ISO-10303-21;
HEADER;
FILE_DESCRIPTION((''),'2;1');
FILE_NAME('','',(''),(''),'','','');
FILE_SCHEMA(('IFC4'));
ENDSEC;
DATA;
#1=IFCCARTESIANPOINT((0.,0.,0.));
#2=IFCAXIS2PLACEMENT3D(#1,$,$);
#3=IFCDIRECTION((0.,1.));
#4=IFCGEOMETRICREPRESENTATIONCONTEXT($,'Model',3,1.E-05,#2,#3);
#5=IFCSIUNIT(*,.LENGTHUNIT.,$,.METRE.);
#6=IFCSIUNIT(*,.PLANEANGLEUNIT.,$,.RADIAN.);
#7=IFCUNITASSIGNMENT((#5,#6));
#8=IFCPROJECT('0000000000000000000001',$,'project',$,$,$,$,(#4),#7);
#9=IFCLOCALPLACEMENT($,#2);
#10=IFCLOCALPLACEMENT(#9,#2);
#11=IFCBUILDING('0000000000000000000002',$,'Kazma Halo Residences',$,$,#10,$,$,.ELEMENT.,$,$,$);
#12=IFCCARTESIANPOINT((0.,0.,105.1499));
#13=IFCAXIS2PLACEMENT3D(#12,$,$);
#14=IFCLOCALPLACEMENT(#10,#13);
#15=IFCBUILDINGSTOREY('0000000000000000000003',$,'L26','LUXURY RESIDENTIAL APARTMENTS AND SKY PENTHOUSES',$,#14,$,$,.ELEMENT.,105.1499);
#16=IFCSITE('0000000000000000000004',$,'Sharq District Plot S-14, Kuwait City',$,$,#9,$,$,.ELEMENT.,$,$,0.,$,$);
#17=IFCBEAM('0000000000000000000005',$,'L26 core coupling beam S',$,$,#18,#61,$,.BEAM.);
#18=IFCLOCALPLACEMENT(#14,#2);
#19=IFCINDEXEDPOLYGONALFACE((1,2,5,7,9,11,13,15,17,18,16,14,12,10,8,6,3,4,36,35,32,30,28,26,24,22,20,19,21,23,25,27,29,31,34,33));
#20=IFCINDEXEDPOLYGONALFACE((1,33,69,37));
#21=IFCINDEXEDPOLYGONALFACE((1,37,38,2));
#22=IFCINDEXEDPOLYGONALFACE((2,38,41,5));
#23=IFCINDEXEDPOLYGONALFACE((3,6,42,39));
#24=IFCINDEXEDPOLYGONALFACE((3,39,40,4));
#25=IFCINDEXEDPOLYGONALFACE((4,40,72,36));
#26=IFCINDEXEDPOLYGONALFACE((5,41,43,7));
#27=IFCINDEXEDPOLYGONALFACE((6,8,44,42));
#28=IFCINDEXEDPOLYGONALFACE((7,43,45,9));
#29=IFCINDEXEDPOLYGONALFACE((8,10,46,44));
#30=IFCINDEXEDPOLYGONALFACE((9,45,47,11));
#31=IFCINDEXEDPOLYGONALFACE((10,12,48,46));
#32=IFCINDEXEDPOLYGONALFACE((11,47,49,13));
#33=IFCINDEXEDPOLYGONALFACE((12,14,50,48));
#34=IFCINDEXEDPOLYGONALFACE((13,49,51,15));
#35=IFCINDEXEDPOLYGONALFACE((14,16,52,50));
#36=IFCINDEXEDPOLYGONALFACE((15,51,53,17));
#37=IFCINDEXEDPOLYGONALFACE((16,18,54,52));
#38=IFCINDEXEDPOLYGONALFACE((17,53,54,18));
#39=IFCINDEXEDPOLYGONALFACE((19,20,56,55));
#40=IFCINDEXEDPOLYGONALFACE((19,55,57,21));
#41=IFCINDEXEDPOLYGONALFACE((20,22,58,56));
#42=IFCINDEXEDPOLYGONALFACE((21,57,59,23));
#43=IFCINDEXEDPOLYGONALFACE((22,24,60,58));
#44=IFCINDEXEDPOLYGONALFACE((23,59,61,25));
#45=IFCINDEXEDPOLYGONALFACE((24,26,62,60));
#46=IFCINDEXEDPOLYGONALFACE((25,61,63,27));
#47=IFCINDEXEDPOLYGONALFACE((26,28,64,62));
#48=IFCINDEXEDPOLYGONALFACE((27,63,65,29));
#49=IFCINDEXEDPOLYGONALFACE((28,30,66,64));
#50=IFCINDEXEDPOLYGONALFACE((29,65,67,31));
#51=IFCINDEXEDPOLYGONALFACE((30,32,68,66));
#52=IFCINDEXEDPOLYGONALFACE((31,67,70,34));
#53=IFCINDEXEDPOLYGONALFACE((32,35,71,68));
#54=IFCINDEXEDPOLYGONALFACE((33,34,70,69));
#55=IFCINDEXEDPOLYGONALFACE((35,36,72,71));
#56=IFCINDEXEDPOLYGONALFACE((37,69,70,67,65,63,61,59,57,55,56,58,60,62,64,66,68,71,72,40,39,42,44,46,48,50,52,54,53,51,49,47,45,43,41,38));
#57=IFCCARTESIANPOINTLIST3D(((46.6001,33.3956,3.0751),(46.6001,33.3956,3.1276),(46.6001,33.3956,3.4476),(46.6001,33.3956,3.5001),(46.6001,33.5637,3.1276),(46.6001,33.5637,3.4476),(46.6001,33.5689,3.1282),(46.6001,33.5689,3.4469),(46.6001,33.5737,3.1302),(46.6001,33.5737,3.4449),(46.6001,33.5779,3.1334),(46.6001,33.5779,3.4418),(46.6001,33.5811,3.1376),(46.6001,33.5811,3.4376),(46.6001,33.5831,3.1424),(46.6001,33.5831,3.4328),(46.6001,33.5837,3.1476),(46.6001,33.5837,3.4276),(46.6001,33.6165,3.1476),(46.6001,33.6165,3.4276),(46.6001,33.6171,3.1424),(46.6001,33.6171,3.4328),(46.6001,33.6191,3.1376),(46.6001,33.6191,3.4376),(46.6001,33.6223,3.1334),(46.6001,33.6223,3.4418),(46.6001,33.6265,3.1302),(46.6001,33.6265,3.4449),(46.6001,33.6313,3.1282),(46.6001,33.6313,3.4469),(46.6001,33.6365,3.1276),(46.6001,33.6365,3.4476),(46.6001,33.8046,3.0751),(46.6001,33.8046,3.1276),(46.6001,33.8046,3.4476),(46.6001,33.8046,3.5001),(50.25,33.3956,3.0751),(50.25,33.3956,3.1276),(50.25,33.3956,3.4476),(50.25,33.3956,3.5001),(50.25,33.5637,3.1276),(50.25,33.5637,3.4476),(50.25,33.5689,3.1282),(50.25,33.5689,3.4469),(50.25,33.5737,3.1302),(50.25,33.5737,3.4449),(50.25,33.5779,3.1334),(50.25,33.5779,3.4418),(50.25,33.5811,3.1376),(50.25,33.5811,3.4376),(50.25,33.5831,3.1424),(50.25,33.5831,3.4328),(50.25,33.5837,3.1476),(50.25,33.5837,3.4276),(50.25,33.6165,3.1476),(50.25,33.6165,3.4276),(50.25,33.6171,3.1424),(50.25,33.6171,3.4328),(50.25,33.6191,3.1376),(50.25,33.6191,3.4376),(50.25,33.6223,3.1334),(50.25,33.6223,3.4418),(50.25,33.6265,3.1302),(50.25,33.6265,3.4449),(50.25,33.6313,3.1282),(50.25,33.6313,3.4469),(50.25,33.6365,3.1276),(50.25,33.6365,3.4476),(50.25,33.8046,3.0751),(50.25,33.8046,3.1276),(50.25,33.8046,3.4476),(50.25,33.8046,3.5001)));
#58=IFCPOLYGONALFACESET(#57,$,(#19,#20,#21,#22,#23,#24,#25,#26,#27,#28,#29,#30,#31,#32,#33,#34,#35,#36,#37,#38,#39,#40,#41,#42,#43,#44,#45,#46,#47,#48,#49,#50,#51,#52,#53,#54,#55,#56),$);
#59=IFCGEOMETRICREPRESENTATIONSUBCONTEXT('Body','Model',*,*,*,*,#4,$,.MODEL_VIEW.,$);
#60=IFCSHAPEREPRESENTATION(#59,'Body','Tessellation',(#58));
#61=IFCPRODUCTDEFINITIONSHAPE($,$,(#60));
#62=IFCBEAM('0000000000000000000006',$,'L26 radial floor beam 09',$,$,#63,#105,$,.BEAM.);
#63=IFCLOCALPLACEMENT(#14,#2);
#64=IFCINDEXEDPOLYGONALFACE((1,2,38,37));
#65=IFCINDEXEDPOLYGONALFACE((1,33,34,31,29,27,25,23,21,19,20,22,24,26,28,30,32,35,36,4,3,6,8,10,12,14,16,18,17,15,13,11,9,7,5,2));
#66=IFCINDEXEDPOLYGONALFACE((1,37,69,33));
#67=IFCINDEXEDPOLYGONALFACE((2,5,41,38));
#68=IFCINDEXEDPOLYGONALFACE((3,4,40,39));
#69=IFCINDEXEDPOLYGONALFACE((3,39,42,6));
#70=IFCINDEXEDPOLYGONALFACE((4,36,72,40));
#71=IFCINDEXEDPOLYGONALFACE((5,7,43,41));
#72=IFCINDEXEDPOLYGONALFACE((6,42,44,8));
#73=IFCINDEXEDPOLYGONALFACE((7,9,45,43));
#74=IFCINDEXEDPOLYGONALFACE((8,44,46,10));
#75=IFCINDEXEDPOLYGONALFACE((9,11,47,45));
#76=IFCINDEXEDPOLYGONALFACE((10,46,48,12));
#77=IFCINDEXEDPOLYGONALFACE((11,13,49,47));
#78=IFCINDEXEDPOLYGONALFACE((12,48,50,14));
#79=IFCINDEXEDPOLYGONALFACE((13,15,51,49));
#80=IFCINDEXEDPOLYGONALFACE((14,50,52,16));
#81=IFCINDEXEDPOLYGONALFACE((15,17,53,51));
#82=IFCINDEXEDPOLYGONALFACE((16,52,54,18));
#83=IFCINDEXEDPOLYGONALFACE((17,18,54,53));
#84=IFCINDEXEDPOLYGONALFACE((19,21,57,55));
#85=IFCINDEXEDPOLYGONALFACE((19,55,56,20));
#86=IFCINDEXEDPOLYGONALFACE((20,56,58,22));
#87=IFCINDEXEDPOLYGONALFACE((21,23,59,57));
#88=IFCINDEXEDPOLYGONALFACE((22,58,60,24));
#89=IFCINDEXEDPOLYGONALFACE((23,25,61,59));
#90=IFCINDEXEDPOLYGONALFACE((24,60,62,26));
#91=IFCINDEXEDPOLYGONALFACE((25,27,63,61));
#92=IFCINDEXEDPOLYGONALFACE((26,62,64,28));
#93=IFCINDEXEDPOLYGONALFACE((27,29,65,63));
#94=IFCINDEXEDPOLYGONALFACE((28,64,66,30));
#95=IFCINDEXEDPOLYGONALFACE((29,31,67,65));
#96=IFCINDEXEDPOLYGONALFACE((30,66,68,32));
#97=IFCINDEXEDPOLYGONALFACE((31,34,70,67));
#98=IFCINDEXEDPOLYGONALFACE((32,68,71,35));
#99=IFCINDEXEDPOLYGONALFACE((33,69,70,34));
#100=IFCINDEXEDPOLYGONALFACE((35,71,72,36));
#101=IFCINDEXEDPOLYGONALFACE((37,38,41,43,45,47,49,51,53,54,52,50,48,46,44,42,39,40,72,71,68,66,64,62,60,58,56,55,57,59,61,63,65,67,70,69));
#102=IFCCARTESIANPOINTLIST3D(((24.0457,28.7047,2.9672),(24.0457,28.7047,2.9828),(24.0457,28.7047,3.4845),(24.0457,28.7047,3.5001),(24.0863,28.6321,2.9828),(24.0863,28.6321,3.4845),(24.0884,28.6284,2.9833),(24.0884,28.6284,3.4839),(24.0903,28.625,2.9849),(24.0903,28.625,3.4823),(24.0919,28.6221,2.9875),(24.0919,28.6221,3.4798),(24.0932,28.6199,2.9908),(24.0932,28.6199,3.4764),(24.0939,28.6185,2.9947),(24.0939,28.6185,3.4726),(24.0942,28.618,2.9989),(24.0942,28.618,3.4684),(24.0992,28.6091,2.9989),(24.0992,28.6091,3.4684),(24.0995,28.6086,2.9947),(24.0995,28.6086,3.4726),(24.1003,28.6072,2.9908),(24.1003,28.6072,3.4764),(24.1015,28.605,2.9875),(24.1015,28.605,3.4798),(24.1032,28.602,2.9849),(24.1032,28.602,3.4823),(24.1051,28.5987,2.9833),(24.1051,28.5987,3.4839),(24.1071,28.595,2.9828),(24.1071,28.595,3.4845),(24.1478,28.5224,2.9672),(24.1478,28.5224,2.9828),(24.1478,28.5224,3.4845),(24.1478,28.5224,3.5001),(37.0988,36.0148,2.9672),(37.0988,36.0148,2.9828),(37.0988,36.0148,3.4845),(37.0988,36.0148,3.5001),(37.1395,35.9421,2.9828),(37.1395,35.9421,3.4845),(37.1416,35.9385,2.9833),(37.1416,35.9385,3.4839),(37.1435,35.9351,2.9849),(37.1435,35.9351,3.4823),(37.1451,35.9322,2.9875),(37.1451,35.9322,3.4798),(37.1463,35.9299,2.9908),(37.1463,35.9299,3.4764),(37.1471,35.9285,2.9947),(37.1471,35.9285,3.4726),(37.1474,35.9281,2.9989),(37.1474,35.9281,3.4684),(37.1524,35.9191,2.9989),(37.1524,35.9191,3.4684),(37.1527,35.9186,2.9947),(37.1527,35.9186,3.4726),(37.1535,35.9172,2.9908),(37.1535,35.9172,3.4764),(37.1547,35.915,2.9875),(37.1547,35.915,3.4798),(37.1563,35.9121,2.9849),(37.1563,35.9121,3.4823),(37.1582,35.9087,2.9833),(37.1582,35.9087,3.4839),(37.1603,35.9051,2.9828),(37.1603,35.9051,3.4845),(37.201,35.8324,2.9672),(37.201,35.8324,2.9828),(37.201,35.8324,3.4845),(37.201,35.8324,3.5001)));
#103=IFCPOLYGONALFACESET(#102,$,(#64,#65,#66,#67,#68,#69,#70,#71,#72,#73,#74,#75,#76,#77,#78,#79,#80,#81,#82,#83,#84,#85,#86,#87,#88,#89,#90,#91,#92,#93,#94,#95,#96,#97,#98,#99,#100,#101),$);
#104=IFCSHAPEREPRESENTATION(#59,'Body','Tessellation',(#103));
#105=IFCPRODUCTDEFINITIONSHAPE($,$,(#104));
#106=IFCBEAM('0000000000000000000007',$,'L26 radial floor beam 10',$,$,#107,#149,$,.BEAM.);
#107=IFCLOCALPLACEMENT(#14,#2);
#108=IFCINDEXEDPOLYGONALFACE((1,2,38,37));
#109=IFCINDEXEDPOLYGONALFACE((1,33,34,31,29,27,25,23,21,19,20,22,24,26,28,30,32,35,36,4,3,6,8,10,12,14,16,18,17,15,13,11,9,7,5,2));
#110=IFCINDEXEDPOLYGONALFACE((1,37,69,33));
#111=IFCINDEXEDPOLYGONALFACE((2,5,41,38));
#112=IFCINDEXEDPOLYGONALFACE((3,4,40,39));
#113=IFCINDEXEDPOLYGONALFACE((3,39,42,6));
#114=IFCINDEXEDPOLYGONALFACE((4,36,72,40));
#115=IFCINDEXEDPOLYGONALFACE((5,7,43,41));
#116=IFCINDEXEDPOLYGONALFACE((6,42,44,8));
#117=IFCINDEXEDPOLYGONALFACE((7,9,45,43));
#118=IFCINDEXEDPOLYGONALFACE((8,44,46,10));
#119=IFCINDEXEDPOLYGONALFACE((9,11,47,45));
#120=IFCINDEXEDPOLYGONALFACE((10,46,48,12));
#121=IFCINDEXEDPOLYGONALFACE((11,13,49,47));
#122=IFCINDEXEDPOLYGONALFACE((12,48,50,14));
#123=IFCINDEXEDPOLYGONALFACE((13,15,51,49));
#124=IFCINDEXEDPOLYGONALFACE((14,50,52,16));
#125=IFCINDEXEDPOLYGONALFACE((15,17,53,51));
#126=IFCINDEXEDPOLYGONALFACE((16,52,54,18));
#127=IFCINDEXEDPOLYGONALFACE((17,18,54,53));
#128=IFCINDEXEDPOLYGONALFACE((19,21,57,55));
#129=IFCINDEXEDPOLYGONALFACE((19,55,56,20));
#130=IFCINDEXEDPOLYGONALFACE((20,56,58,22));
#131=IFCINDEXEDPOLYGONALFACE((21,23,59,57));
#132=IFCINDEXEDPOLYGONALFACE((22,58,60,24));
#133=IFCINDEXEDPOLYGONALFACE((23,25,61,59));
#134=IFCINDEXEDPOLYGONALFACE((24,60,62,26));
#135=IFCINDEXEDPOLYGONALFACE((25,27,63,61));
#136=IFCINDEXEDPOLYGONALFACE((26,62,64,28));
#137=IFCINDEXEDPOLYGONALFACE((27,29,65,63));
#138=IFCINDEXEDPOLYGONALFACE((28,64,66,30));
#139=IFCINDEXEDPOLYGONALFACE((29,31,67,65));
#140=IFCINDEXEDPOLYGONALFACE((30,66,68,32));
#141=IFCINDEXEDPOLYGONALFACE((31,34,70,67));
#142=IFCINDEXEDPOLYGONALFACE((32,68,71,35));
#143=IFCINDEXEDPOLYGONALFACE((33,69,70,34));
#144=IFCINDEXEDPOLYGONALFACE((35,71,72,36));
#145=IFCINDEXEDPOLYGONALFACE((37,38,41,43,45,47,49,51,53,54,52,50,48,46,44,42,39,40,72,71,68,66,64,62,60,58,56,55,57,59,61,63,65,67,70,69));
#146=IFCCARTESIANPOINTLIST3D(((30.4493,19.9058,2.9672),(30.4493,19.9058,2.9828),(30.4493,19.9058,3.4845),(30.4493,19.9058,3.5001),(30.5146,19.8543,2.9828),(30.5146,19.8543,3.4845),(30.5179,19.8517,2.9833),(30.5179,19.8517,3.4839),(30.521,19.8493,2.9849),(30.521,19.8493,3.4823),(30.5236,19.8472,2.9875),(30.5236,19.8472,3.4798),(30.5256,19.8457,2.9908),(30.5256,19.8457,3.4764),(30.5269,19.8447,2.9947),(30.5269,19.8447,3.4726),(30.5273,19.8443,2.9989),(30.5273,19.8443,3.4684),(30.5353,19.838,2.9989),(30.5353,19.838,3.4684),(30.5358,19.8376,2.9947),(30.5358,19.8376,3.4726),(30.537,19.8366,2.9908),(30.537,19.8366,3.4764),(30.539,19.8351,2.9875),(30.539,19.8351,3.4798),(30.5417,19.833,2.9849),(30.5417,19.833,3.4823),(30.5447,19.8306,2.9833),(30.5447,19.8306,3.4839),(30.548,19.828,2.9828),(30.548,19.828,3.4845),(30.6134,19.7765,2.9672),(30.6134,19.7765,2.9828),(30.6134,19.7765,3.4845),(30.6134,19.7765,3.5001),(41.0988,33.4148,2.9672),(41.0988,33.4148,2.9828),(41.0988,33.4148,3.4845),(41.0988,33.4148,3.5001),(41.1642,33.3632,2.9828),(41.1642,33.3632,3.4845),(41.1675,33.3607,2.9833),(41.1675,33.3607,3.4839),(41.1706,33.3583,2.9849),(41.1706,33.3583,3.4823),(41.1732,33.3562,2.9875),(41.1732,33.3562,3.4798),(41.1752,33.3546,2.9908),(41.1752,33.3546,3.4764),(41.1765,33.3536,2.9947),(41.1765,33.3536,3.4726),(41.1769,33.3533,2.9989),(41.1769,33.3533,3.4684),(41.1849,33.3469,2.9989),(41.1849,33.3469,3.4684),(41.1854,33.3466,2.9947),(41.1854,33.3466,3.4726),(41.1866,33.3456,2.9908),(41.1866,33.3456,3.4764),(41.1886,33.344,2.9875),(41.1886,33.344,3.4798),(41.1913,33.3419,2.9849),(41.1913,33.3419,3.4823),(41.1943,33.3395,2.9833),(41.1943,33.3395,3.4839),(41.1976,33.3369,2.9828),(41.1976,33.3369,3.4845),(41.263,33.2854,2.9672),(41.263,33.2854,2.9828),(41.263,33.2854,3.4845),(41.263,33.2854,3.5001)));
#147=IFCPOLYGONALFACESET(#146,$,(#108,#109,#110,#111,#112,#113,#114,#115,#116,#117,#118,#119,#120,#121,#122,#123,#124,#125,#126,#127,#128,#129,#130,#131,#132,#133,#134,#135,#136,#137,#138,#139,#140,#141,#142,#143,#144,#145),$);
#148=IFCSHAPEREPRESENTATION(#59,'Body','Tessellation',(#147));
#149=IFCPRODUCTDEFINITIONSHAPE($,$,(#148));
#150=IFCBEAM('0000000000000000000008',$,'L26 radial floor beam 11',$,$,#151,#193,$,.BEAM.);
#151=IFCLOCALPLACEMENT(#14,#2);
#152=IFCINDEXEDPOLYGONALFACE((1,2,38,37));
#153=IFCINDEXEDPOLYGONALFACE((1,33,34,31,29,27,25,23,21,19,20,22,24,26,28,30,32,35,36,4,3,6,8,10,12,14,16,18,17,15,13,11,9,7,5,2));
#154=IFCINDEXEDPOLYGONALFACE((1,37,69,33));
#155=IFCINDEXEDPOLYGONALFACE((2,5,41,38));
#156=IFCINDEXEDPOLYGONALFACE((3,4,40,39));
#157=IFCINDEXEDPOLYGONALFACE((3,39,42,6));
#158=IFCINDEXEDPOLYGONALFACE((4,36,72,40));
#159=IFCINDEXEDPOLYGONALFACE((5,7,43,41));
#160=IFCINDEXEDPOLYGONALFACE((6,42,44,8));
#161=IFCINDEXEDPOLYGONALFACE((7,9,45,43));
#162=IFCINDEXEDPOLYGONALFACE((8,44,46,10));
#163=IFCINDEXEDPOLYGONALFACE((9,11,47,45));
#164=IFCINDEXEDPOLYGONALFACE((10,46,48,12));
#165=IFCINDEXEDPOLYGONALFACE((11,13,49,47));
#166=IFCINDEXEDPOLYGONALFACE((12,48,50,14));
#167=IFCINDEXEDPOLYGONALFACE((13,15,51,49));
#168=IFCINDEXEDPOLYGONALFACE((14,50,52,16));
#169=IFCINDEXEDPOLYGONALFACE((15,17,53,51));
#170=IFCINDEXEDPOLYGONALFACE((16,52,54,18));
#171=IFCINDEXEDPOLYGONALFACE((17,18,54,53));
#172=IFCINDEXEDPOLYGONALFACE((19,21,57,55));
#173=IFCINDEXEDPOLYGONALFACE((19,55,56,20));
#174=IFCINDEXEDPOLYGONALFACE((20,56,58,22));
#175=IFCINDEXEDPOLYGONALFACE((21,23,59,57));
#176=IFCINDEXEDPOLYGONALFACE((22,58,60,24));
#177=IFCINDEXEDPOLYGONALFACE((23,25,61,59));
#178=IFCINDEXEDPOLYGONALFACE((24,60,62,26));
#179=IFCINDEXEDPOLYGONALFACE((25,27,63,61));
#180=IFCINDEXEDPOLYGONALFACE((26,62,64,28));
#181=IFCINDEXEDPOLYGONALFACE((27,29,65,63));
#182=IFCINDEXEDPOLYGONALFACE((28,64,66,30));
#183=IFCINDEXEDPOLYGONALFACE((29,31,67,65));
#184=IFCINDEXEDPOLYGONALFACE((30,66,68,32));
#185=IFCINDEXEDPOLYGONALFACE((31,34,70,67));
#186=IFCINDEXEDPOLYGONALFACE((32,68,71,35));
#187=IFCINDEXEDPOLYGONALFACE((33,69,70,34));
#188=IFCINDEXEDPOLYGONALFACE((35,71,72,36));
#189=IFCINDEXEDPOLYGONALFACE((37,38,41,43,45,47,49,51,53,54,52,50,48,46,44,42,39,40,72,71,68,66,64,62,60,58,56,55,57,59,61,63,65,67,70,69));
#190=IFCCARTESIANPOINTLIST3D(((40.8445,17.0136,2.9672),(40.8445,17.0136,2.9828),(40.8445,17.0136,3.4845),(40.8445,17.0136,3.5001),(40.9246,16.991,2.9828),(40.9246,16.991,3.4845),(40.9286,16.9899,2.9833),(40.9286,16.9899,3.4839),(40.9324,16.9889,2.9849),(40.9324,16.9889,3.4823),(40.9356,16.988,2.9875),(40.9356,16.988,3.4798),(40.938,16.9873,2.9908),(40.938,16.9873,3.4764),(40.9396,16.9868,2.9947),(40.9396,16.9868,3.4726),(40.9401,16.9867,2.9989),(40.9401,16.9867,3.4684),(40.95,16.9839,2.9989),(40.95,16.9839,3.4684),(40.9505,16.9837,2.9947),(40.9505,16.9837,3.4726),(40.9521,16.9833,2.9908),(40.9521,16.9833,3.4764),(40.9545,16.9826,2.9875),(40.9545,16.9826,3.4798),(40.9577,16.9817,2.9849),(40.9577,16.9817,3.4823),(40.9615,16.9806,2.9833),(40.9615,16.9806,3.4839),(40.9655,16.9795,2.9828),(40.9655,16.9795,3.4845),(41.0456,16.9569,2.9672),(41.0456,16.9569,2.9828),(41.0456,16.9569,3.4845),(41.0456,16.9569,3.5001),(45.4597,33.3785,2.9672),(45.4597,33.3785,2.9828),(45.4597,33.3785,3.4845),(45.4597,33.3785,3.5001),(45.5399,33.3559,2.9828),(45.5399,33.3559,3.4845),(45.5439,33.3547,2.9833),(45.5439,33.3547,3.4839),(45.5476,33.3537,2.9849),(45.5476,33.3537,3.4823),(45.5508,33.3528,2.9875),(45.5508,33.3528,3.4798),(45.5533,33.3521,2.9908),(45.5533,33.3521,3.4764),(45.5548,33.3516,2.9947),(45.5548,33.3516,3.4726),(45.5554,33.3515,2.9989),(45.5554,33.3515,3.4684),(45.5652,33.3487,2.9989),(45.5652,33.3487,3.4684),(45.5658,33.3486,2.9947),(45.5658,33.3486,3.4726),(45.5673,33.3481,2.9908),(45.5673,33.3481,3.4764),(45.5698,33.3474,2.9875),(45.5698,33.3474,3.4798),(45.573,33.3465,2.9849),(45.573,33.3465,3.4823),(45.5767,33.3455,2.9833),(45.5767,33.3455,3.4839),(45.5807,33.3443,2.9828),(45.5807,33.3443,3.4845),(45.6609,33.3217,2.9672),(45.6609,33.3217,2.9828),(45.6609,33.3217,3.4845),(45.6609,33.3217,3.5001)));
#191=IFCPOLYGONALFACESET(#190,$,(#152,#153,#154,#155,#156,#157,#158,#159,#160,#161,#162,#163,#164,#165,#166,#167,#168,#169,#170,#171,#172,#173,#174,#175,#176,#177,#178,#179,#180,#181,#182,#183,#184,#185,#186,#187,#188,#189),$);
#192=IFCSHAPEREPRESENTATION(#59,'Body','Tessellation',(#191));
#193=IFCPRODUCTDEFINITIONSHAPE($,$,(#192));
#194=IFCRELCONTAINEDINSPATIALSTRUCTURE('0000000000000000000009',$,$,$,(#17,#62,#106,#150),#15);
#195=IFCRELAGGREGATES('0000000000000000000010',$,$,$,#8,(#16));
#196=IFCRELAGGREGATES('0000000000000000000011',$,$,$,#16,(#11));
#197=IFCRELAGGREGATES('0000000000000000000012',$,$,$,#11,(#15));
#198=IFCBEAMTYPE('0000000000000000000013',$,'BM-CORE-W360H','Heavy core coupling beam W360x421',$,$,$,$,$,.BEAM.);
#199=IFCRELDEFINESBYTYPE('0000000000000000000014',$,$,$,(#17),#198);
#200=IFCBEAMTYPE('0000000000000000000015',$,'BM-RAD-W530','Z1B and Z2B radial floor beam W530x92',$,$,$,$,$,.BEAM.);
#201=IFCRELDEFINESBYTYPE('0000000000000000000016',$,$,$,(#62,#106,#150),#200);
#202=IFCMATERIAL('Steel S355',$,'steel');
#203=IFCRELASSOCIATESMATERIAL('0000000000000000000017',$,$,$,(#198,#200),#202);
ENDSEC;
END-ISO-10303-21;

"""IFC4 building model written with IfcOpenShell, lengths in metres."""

from ifc_helpers import new_model, si_unit, direction, frame, origin, origin_2d, place, context, subcontext, project, spatial, i_section, extrude, material, material_profile, profile_set, type_object, element, save


model = new_model("IFC4")

# Units and contexts
model_context = context("Model", 3, precision=1e-05, world=origin(), true_north=direction((0.0, 1.0)))
body_context = subcontext(model_context, "Body", "Model", "MODEL_VIEW")
ifc_project = project(units=[si_unit("LENGTHUNIT", "METRE"), si_unit("PLANEANGLEUNIT", "RADIAN")], contexts=[model_context])

# Site, building, storey
site_placement = place(None, origin())
site = spatial("IfcSite", under=ifc_project, at=site_placement, Name="Sharq District Plot S-14, Kuwait City", CompositionType="ELEMENT", RefElevation=0.0)
building_placement = place(site_placement, origin())
building = spatial("IfcBuilding", under=site, at=building_placement, Name="Kazma Halo Residences", CompositionType="ELEMENT")
storey_placement = place(building_placement, frame((0.0, 0.0, 105.1499)))
storey = spatial("IfcBuildingStorey", under=building, at=storey_placement, Name="L26", Description="LUXURY RESIDENTIAL APARTMENTS AND SKY PENTHOUSES", CompositionType="ELEMENT", Elevation=105.1499)

# Beams
ifc_material_1 = material(Name="Steel S355", Category="steel")
ifc_material_profile_1 = material_profile(ifc_material_1, i_section(OverallWidth=0.4089, OverallDepth=0.425, WebThickness=0.0327, FlangeThickness=0.0525, FilletRadius=0.02, at=origin_2d()), Name="W360x421")
ifc_profile_set_1 = profile_set([ifc_material_profile_1], Name="Steel S355")
beam_type_1 = type_object("IfcBeamType", Name="BM-CORE-W360H", Description="Heavy core coupling beam W360x421", PredefinedType="BEAM", material=ifc_profile_set_1)
beam_1_placement = place(storey_placement, frame((46.6001, 33.6001, 3.2876), z_axis=(1.0, 0.0, 0.0), x_axis=(0.0, 1.0, 0.0)))
element("IfcBeam", 1, at=beam_1_placement, inside=storey, type_object=beam_type_1, Name="L26 core coupling beam S", PredefinedType="BEAM", context=body_context, shape_type="SweptSolid", body=[
    extrude(i_section(OverallWidth=0.4089, OverallDepth=0.425, WebThickness=0.0327, FlangeThickness=0.0525, FilletRadius=0.02, at=origin_2d()), origin(), (0.0, 0.0, 1.0), 3.6499),
])
ifc_material_profile_2 = material_profile(ifc_material_1, i_section(OverallWidth=0.209, OverallDepth=0.533, WebThickness=0.0103, FlangeThickness=0.0156, FilletRadius=0.0161, at=origin_2d()), Name="W530x92")
ifc_profile_set_2 = profile_set([ifc_material_profile_2], Name="Steel S355")
beam_type_2 = type_object("IfcBeamType", Name="BM-RAD-W530", Description="Z1B and Z2B radial floor beam W530x92", PredefinedType="BEAM", material=ifc_profile_set_2)
beam_2_placement = place(storey_placement, frame((37.1499, 35.9236, 3.2336), z_axis=(-0.872499, -0.488616, 0.0), x_axis=(0.488616, -0.872499, 0.0)))
element("IfcBeam", 2, at=beam_2_placement, inside=storey, type_object=beam_type_2, Name="L26 radial floor beam 09", PredefinedType="BEAM", context=body_context, shape_type="SweptSolid", body=[
    extrude(i_section(OverallWidth=0.209, OverallDepth=0.533, WebThickness=0.0103, FlangeThickness=0.0156, FilletRadius=0.0161, at=origin_2d()), origin(), (0.0, 0.0, 1.0), 14.9607),
])
beam_3_placement = place(storey_placement, frame((41.1809, 33.3501, 3.2336), z_axis=(-0.619094, -0.785317, 0.0), x_axis=(0.785317, -0.619094, 0.0)))
element("IfcBeam", 3, at=beam_3_placement, inside=storey, type_object=beam_type_2, Name="L26 radial floor beam 10", PredefinedType="BEAM", context=body_context, shape_type="SweptSolid", body=[
    extrude(i_section(OverallWidth=0.209, OverallDepth=0.533, WebThickness=0.0103, FlangeThickness=0.0156, FilletRadius=0.0161, at=origin_2d()), origin(), (0.0, 0.0, 1.0), 17.2019),
])
beam_4_placement = place(storey_placement, frame((45.5603, 33.3501, 3.2336), z_axis=(-0.271435, -0.962457, 0.0), x_axis=(0.962457, -0.271435, 0.0)))
element("IfcBeam", 4, at=beam_4_placement, inside=storey, type_object=beam_type_2, Name="L26 radial floor beam 11", PredefinedType="BEAM", context=body_context, shape_type="SweptSolid", body=[
    extrude(i_section(OverallWidth=0.209, OverallDepth=0.533, WebThickness=0.0103, FlangeThickness=0.0156, FilletRadius=0.0161, at=origin_2d()), origin(), (0.0, 0.0, 1.0), 17.0032),
])

save(model, "model.ifc")
